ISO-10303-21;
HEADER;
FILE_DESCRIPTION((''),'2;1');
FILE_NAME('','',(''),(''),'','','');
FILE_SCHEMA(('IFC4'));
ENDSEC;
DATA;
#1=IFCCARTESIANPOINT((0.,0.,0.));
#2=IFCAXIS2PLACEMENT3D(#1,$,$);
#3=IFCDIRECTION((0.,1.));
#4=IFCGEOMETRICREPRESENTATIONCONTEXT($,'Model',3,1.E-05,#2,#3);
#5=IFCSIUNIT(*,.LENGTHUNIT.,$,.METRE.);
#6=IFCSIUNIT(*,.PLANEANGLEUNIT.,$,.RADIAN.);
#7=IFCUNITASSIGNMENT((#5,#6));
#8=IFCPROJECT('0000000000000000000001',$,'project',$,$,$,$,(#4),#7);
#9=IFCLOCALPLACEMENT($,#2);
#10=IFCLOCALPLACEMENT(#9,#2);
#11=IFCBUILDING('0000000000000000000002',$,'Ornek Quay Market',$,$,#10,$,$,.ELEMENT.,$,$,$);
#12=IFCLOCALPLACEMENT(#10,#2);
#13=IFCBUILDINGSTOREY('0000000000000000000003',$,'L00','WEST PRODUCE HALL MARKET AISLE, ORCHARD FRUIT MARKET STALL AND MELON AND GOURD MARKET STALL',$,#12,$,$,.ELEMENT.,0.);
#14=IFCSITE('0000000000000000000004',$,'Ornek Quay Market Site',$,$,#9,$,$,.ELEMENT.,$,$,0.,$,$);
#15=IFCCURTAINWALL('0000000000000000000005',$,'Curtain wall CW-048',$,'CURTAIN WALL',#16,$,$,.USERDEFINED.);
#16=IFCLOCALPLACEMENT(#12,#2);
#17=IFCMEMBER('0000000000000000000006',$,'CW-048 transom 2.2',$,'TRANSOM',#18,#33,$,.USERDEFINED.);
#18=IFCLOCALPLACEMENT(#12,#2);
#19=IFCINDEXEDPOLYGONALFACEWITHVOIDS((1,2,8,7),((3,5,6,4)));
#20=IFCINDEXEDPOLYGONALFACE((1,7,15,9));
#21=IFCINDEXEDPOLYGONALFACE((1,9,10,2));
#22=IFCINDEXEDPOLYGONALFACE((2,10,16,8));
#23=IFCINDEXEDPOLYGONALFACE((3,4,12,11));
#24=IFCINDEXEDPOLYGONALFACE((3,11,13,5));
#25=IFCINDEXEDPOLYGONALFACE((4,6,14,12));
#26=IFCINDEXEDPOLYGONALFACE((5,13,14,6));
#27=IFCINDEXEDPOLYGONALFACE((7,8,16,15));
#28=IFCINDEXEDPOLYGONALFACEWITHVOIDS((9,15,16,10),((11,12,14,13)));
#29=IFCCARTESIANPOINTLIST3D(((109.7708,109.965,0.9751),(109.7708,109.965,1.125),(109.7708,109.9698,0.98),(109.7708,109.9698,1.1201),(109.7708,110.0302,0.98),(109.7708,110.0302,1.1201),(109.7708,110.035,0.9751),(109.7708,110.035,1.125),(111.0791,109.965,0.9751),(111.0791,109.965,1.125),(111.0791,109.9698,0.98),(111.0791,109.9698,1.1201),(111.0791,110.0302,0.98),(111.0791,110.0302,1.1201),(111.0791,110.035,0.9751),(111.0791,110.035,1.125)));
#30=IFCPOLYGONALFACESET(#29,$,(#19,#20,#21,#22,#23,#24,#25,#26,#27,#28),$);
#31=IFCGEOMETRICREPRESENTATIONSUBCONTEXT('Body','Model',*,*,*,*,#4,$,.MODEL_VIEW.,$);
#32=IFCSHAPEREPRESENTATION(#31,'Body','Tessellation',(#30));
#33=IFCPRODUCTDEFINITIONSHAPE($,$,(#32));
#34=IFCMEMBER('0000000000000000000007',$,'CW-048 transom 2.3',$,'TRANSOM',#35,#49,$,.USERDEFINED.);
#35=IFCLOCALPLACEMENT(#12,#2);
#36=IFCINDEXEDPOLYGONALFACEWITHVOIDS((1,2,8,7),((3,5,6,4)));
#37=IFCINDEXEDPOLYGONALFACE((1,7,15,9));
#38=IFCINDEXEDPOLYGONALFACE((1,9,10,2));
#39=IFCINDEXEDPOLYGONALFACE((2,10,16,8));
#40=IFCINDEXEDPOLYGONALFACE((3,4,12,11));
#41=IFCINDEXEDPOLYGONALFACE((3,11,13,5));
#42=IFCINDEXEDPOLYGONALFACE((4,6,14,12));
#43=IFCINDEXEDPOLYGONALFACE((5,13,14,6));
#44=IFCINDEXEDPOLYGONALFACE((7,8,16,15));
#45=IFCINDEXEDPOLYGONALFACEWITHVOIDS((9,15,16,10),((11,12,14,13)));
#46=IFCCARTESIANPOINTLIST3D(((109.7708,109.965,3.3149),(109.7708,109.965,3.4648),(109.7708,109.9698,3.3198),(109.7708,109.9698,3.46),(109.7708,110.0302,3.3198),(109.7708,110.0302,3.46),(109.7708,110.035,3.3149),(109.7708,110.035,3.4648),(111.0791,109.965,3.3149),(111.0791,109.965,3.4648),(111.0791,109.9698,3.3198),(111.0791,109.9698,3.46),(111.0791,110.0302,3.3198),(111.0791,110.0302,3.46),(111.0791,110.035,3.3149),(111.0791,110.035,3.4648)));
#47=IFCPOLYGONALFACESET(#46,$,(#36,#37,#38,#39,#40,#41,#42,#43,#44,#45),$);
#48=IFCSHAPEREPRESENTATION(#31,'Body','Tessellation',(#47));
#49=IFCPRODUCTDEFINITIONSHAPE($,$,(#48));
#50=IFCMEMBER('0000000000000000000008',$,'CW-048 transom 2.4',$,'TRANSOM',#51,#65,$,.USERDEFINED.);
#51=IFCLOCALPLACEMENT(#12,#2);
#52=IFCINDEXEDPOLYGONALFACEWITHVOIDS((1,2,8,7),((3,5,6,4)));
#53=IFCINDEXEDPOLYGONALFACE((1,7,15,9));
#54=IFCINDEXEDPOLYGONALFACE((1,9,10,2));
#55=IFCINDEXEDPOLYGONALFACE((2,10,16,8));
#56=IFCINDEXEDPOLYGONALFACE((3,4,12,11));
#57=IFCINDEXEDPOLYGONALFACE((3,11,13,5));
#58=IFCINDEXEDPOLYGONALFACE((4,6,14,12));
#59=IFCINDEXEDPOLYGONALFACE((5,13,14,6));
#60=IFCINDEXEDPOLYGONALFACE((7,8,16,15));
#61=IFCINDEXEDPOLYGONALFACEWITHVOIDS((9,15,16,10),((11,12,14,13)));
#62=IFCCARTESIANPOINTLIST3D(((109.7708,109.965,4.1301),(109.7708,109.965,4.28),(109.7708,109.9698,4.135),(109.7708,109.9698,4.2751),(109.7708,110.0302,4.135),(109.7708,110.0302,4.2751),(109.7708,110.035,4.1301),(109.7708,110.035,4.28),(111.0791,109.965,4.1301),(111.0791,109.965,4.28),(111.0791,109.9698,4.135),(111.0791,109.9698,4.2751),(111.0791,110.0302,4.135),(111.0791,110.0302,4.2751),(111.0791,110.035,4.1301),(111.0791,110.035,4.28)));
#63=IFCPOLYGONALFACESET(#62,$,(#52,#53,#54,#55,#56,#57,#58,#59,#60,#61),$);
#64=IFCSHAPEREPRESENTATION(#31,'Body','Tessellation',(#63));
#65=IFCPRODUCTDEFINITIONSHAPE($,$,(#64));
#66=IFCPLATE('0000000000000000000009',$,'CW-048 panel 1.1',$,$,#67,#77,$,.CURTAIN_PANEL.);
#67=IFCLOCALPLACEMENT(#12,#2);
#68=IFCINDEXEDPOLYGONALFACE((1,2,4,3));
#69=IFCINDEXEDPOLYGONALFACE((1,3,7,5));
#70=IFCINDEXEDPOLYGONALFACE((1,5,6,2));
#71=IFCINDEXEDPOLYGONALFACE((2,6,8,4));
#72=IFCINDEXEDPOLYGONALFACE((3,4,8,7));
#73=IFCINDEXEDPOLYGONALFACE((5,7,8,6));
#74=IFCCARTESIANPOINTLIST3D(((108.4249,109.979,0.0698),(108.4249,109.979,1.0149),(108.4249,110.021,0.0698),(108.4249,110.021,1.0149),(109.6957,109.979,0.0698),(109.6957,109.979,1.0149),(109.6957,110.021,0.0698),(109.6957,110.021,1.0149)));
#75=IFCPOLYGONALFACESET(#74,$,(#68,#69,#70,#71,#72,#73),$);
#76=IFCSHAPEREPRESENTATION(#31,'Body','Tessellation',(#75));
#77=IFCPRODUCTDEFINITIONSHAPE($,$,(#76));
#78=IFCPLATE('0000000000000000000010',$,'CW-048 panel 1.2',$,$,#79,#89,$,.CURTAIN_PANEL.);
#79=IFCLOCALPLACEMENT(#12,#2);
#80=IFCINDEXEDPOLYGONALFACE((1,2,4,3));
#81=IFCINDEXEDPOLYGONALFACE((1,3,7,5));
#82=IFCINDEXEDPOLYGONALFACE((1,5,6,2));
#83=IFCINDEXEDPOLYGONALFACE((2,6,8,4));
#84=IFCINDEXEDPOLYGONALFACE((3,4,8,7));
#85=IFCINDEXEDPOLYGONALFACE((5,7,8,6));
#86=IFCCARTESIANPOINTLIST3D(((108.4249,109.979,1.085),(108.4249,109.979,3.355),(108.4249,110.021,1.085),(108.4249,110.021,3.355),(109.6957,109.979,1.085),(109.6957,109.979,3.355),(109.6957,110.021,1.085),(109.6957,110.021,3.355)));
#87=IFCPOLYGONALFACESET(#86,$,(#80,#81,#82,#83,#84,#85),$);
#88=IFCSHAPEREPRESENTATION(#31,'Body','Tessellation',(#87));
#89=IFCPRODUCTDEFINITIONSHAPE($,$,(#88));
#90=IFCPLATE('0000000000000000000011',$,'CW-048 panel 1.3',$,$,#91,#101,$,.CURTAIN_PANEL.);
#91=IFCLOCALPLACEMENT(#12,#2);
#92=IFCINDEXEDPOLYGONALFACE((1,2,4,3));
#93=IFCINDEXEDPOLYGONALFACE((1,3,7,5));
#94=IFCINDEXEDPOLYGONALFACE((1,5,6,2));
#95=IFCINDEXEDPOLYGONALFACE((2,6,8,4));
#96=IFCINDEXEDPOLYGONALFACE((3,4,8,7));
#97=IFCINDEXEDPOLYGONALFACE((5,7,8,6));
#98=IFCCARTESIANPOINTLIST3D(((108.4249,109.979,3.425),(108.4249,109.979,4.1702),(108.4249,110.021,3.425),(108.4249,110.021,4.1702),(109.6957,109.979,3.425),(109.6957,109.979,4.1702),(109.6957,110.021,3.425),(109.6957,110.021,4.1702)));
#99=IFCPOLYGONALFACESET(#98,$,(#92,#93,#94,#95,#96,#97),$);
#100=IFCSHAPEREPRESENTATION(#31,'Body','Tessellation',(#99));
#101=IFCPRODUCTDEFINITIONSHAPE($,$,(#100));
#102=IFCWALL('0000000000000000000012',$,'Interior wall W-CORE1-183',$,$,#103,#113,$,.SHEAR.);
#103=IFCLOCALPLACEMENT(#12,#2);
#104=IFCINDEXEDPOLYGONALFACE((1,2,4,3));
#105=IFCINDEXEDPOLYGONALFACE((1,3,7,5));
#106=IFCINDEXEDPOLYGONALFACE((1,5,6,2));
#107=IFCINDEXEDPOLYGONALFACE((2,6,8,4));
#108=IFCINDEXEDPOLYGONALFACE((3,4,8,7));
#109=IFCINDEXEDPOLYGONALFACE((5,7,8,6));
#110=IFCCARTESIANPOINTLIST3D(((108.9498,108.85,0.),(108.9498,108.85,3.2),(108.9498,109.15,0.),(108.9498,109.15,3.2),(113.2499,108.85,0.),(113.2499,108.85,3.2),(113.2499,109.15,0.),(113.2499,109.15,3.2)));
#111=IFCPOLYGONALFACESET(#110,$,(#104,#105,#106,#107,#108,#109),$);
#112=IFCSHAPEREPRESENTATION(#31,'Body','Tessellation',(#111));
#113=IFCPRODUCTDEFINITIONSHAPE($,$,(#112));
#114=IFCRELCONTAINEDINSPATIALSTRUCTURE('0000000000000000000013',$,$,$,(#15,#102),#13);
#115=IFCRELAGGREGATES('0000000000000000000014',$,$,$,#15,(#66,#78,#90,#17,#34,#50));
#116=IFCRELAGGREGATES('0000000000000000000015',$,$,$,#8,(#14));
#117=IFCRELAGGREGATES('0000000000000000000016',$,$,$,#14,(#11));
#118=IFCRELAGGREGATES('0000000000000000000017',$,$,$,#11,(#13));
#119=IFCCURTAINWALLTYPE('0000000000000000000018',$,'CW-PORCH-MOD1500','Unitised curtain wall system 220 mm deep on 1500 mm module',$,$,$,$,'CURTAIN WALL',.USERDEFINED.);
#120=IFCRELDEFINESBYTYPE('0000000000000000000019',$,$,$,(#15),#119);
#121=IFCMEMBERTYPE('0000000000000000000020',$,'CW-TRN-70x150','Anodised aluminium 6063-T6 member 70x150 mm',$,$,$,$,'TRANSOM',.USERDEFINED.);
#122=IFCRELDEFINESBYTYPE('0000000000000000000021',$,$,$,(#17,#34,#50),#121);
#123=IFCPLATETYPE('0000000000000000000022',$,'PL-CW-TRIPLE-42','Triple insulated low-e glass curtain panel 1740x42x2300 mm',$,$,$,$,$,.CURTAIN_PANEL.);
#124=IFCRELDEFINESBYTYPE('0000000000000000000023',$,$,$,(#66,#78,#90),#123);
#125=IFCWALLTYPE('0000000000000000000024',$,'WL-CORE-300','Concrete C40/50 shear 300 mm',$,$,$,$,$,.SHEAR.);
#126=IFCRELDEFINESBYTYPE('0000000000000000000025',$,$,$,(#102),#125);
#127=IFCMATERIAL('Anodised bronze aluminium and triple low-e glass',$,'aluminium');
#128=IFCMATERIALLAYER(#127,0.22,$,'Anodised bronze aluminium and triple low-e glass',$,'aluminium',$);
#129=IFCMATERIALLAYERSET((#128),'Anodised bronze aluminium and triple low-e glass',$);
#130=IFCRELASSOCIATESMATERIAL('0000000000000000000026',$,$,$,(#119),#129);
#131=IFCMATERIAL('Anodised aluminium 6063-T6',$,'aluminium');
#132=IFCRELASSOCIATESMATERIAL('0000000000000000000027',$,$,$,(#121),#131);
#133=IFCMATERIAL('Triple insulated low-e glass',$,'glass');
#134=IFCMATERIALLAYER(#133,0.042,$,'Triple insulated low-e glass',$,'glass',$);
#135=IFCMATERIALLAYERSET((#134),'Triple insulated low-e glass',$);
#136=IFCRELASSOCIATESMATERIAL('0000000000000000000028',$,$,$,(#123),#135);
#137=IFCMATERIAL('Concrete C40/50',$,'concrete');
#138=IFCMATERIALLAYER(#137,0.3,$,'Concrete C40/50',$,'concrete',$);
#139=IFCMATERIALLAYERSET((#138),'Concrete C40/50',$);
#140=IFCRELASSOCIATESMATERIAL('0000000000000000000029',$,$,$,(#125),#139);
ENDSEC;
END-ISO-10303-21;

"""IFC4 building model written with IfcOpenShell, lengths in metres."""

from ifc_helpers import new_model, si_unit, direction, frame, frame_2d, origin, origin_2d, place, context, subcontext, project, spatial, rectangle, hollow_rectangle, extrude, material, layer, layer_set, material_profile, profile_set, type_object, element, aggregate, save


model = new_model("IFC4")

# Units and contexts
model_context = context("Model", 3, precision=1e-05, world=origin(), true_north=direction((0.0, 1.0)))
body_context = subcontext(model_context, "Body", "Model", "MODEL_VIEW")
ifc_project = project(units=[si_unit("LENGTHUNIT", "METRE"), si_unit("PLANEANGLEUNIT", "RADIAN")], contexts=[model_context])

# Site, building, storey
site_placement = place(None, origin())
site = spatial("IfcSite", under=ifc_project, at=site_placement, Name="Ornek Quay Market Site", CompositionType="ELEMENT", RefElevation=0.0)
building_placement = place(site_placement, origin())
building = spatial("IfcBuilding", under=site, at=building_placement, Name="Ornek Quay Market", CompositionType="ELEMENT")
storey_placement = place(building_placement, origin())
storey = spatial("IfcBuildingStorey", under=building, at=storey_placement, Name="L00", Description="WEST PRODUCE HALL MARKET AISLE, ORCHARD FRUIT MARKET STALL AND MELON AND GOURD MARKET STALL", CompositionType="ELEMENT", Elevation=0.0)

# Shared definitions
ifc_material_1 = material(Name="Concrete C40/50", Category="concrete")

# Curtain wall, members, plates
ifc_material_2 = material(Name="Anodised bronze aluminium and triple low-e glass", Category="aluminium")
ifc_layer_1 = layer(ifc_material_2, 0.22, Name="Anodised bronze aluminium and triple low-e glass", Category="aluminium")
ifc_layer_set_1 = layer_set([ifc_layer_1], Name="Anodised bronze aluminium and triple low-e glass")
curtain_wall_type = type_object("IfcCurtainWallType", Name="CW-PORCH-MOD1500", Description="Unitised curtain wall system 220 mm deep on 1500 mm module", ElementType="CURTAIN WALL", PredefinedType="USERDEFINED", material=ifc_layer_set_1)
curtain_wall_placement = place(storey_placement, origin())
curtain_wall = element("IfcCurtainWall", 1, at=curtain_wall_placement, inside=storey, type_object=curtain_wall_type, Name="Curtain wall CW-048", ObjectType="CURTAIN WALL", PredefinedType="USERDEFINED")
ifc_material_3 = material(Name="Anodised aluminium 6063-T6", Category="aluminium")
ifc_material_profile_1 = material_profile(ifc_material_3, hollow_rectangle(XDim=0.0701, YDim=0.1499, WallThickness=0.0049, at=origin_2d()), Name="CW-TRN-70x150", Category="aluminium")
ifc_profile_set_1 = profile_set([ifc_material_profile_1], Name="Anodised aluminium 6063-T6")
member_type_1 = type_object("IfcMemberType", Name="CW-TRN-70x150", Description="Anodised aluminium 6063-T6 member 70x150 mm", ElementType="TRANSOM", PredefinedType="USERDEFINED", material=ifc_profile_set_1)
member_1_placement = place(storey_placement, frame((109.7708, 110.0, 1.05), z_axis=(1.0, 0.0, 0.0), x_axis=(0.0, 1.0, 0.0)))
member_1 = element("IfcMember", 2, at=member_1_placement, type_object=member_type_1, Name="CW-048 transom 2.2", ObjectType="TRANSOM", PredefinedType="USERDEFINED", context=body_context, shape_type="SweptSolid", body=[
    extrude(hollow_rectangle(XDim=0.0701, YDim=0.1499, WallThickness=0.0049, at=origin_2d()), origin(), (0.0, 0.0, 1.0), 1.3083),
])
member_2_placement = place(storey_placement, frame((109.7708, 110.0, 3.3899), z_axis=(1.0, 0.0, 0.0), x_axis=(0.0, 1.0, 0.0)))
member_2 = element("IfcMember", 3, at=member_2_placement, type_object=member_type_1, Name="CW-048 transom 2.3", ObjectType="TRANSOM", PredefinedType="USERDEFINED", context=body_context, shape_type="SweptSolid", body=[
    extrude(hollow_rectangle(XDim=0.0701, YDim=0.1499, WallThickness=0.0049, at=origin_2d()), origin(), (0.0, 0.0, 1.0), 1.3083),
])
member_3_placement = place(storey_placement, frame((109.7708, 110.0, 4.2051), z_axis=(1.0, 0.0, 0.0), x_axis=(0.0, 1.0, 0.0)))
member_3 = element("IfcMember", 4, at=member_3_placement, type_object=member_type_1, Name="CW-048 transom 2.4", ObjectType="TRANSOM", PredefinedType="USERDEFINED", context=body_context, shape_type="SweptSolid", body=[
    extrude(hollow_rectangle(XDim=0.0701, YDim=0.1499, WallThickness=0.0049, at=origin_2d()), origin(), (0.0, 0.0, 1.0), 1.3083),
])
ifc_material_4 = material(Name="Triple insulated low-e glass", Category="glass")
ifc_layer_2 = layer(ifc_material_4, 0.042, Name="Triple insulated low-e glass", Category="glass")
ifc_layer_set_2 = layer_set([ifc_layer_2], Name="Triple insulated low-e glass")
plate_type = type_object("IfcPlateType", Name="PL-CW-TRIPLE-42", Description="Triple insulated low-e glass curtain panel 1740x42x2300 mm", PredefinedType="CURTAIN_PANEL", material=ifc_layer_set_2)
plate_1_placement = place(storey_placement, frame((109.0603, 110.0, 0.0698), z_axis=(0.0, 0.0, 1.0), x_axis=(1.0, 0.0, 0.0)))
plate_1 = element("IfcPlate", 5, at=plate_1_placement, type_object=plate_type, Name="CW-048 panel 1.1", PredefinedType="CURTAIN_PANEL", context=body_context, shape_type="SweptSolid", body=[
    extrude(rectangle(XDim=1.2708, YDim=0.042, at=origin_2d()), origin(), (0.0, 0.0, 1.0), 0.9451),
])
plate_2_placement = place(storey_placement, frame((109.0603, 110.0, 1.085), z_axis=(0.0, 0.0, 1.0), x_axis=(1.0, 0.0, 0.0)))
plate_2 = element("IfcPlate", 6, at=plate_2_placement, type_object=plate_type, Name="CW-048 panel 1.2", PredefinedType="CURTAIN_PANEL", context=body_context, shape_type="SweptSolid", body=[
    extrude(rectangle(XDim=1.2708, YDim=0.042, at=origin_2d()), origin(), (0.0, 0.0, 1.0), 2.27),
])
plate_3_placement = place(storey_placement, frame((109.0603, 110.0, 3.425), z_axis=(0.0, 0.0, 1.0), x_axis=(1.0, 0.0, 0.0)))
plate_3 = element("IfcPlate", 7, at=plate_3_placement, type_object=plate_type, Name="CW-048 panel 1.3", PredefinedType="CURTAIN_PANEL", context=body_context, shape_type="SweptSolid", body=[
    extrude(rectangle(XDim=1.2708, YDim=0.042, at=origin_2d()), origin(), (0.0, 0.0, 1.0), 0.7451),
])
aggregate(curtain_wall, [plate_1, plate_2, plate_3, member_1, member_2, member_3])

# Wall
ifc_layer_3 = layer(ifc_material_1, 0.3, Name="Concrete C40/50", Category="concrete")
ifc_layer_set_3 = layer_set([ifc_layer_3], Name="Concrete C40/50")
wall_type = type_object("IfcWallType", Name="WL-CORE-300", Description="Concrete C40/50 shear 300 mm", PredefinedType="SHEAR", material=ifc_layer_set_3)
wall_placement = place(storey_placement, frame((108.95, 109.0, 0.0), z_axis=(0.0, 0.0, 1.0), x_axis=(1.0, 0.0, 0.0)))
element("IfcWall", 8, at=wall_placement, inside=storey, type_object=wall_type, Name="Interior wall W-CORE1-183", PredefinedType="SHEAR", context=body_context, shape_type="SweptSolid", body=[
    extrude(rectangle(XDim=4.3, YDim=0.3, at=frame_2d((2.1499, 0.0))), origin(), (0.0, 0.0, 1.0), 3.2),
])

save(model, "model.ifc")
